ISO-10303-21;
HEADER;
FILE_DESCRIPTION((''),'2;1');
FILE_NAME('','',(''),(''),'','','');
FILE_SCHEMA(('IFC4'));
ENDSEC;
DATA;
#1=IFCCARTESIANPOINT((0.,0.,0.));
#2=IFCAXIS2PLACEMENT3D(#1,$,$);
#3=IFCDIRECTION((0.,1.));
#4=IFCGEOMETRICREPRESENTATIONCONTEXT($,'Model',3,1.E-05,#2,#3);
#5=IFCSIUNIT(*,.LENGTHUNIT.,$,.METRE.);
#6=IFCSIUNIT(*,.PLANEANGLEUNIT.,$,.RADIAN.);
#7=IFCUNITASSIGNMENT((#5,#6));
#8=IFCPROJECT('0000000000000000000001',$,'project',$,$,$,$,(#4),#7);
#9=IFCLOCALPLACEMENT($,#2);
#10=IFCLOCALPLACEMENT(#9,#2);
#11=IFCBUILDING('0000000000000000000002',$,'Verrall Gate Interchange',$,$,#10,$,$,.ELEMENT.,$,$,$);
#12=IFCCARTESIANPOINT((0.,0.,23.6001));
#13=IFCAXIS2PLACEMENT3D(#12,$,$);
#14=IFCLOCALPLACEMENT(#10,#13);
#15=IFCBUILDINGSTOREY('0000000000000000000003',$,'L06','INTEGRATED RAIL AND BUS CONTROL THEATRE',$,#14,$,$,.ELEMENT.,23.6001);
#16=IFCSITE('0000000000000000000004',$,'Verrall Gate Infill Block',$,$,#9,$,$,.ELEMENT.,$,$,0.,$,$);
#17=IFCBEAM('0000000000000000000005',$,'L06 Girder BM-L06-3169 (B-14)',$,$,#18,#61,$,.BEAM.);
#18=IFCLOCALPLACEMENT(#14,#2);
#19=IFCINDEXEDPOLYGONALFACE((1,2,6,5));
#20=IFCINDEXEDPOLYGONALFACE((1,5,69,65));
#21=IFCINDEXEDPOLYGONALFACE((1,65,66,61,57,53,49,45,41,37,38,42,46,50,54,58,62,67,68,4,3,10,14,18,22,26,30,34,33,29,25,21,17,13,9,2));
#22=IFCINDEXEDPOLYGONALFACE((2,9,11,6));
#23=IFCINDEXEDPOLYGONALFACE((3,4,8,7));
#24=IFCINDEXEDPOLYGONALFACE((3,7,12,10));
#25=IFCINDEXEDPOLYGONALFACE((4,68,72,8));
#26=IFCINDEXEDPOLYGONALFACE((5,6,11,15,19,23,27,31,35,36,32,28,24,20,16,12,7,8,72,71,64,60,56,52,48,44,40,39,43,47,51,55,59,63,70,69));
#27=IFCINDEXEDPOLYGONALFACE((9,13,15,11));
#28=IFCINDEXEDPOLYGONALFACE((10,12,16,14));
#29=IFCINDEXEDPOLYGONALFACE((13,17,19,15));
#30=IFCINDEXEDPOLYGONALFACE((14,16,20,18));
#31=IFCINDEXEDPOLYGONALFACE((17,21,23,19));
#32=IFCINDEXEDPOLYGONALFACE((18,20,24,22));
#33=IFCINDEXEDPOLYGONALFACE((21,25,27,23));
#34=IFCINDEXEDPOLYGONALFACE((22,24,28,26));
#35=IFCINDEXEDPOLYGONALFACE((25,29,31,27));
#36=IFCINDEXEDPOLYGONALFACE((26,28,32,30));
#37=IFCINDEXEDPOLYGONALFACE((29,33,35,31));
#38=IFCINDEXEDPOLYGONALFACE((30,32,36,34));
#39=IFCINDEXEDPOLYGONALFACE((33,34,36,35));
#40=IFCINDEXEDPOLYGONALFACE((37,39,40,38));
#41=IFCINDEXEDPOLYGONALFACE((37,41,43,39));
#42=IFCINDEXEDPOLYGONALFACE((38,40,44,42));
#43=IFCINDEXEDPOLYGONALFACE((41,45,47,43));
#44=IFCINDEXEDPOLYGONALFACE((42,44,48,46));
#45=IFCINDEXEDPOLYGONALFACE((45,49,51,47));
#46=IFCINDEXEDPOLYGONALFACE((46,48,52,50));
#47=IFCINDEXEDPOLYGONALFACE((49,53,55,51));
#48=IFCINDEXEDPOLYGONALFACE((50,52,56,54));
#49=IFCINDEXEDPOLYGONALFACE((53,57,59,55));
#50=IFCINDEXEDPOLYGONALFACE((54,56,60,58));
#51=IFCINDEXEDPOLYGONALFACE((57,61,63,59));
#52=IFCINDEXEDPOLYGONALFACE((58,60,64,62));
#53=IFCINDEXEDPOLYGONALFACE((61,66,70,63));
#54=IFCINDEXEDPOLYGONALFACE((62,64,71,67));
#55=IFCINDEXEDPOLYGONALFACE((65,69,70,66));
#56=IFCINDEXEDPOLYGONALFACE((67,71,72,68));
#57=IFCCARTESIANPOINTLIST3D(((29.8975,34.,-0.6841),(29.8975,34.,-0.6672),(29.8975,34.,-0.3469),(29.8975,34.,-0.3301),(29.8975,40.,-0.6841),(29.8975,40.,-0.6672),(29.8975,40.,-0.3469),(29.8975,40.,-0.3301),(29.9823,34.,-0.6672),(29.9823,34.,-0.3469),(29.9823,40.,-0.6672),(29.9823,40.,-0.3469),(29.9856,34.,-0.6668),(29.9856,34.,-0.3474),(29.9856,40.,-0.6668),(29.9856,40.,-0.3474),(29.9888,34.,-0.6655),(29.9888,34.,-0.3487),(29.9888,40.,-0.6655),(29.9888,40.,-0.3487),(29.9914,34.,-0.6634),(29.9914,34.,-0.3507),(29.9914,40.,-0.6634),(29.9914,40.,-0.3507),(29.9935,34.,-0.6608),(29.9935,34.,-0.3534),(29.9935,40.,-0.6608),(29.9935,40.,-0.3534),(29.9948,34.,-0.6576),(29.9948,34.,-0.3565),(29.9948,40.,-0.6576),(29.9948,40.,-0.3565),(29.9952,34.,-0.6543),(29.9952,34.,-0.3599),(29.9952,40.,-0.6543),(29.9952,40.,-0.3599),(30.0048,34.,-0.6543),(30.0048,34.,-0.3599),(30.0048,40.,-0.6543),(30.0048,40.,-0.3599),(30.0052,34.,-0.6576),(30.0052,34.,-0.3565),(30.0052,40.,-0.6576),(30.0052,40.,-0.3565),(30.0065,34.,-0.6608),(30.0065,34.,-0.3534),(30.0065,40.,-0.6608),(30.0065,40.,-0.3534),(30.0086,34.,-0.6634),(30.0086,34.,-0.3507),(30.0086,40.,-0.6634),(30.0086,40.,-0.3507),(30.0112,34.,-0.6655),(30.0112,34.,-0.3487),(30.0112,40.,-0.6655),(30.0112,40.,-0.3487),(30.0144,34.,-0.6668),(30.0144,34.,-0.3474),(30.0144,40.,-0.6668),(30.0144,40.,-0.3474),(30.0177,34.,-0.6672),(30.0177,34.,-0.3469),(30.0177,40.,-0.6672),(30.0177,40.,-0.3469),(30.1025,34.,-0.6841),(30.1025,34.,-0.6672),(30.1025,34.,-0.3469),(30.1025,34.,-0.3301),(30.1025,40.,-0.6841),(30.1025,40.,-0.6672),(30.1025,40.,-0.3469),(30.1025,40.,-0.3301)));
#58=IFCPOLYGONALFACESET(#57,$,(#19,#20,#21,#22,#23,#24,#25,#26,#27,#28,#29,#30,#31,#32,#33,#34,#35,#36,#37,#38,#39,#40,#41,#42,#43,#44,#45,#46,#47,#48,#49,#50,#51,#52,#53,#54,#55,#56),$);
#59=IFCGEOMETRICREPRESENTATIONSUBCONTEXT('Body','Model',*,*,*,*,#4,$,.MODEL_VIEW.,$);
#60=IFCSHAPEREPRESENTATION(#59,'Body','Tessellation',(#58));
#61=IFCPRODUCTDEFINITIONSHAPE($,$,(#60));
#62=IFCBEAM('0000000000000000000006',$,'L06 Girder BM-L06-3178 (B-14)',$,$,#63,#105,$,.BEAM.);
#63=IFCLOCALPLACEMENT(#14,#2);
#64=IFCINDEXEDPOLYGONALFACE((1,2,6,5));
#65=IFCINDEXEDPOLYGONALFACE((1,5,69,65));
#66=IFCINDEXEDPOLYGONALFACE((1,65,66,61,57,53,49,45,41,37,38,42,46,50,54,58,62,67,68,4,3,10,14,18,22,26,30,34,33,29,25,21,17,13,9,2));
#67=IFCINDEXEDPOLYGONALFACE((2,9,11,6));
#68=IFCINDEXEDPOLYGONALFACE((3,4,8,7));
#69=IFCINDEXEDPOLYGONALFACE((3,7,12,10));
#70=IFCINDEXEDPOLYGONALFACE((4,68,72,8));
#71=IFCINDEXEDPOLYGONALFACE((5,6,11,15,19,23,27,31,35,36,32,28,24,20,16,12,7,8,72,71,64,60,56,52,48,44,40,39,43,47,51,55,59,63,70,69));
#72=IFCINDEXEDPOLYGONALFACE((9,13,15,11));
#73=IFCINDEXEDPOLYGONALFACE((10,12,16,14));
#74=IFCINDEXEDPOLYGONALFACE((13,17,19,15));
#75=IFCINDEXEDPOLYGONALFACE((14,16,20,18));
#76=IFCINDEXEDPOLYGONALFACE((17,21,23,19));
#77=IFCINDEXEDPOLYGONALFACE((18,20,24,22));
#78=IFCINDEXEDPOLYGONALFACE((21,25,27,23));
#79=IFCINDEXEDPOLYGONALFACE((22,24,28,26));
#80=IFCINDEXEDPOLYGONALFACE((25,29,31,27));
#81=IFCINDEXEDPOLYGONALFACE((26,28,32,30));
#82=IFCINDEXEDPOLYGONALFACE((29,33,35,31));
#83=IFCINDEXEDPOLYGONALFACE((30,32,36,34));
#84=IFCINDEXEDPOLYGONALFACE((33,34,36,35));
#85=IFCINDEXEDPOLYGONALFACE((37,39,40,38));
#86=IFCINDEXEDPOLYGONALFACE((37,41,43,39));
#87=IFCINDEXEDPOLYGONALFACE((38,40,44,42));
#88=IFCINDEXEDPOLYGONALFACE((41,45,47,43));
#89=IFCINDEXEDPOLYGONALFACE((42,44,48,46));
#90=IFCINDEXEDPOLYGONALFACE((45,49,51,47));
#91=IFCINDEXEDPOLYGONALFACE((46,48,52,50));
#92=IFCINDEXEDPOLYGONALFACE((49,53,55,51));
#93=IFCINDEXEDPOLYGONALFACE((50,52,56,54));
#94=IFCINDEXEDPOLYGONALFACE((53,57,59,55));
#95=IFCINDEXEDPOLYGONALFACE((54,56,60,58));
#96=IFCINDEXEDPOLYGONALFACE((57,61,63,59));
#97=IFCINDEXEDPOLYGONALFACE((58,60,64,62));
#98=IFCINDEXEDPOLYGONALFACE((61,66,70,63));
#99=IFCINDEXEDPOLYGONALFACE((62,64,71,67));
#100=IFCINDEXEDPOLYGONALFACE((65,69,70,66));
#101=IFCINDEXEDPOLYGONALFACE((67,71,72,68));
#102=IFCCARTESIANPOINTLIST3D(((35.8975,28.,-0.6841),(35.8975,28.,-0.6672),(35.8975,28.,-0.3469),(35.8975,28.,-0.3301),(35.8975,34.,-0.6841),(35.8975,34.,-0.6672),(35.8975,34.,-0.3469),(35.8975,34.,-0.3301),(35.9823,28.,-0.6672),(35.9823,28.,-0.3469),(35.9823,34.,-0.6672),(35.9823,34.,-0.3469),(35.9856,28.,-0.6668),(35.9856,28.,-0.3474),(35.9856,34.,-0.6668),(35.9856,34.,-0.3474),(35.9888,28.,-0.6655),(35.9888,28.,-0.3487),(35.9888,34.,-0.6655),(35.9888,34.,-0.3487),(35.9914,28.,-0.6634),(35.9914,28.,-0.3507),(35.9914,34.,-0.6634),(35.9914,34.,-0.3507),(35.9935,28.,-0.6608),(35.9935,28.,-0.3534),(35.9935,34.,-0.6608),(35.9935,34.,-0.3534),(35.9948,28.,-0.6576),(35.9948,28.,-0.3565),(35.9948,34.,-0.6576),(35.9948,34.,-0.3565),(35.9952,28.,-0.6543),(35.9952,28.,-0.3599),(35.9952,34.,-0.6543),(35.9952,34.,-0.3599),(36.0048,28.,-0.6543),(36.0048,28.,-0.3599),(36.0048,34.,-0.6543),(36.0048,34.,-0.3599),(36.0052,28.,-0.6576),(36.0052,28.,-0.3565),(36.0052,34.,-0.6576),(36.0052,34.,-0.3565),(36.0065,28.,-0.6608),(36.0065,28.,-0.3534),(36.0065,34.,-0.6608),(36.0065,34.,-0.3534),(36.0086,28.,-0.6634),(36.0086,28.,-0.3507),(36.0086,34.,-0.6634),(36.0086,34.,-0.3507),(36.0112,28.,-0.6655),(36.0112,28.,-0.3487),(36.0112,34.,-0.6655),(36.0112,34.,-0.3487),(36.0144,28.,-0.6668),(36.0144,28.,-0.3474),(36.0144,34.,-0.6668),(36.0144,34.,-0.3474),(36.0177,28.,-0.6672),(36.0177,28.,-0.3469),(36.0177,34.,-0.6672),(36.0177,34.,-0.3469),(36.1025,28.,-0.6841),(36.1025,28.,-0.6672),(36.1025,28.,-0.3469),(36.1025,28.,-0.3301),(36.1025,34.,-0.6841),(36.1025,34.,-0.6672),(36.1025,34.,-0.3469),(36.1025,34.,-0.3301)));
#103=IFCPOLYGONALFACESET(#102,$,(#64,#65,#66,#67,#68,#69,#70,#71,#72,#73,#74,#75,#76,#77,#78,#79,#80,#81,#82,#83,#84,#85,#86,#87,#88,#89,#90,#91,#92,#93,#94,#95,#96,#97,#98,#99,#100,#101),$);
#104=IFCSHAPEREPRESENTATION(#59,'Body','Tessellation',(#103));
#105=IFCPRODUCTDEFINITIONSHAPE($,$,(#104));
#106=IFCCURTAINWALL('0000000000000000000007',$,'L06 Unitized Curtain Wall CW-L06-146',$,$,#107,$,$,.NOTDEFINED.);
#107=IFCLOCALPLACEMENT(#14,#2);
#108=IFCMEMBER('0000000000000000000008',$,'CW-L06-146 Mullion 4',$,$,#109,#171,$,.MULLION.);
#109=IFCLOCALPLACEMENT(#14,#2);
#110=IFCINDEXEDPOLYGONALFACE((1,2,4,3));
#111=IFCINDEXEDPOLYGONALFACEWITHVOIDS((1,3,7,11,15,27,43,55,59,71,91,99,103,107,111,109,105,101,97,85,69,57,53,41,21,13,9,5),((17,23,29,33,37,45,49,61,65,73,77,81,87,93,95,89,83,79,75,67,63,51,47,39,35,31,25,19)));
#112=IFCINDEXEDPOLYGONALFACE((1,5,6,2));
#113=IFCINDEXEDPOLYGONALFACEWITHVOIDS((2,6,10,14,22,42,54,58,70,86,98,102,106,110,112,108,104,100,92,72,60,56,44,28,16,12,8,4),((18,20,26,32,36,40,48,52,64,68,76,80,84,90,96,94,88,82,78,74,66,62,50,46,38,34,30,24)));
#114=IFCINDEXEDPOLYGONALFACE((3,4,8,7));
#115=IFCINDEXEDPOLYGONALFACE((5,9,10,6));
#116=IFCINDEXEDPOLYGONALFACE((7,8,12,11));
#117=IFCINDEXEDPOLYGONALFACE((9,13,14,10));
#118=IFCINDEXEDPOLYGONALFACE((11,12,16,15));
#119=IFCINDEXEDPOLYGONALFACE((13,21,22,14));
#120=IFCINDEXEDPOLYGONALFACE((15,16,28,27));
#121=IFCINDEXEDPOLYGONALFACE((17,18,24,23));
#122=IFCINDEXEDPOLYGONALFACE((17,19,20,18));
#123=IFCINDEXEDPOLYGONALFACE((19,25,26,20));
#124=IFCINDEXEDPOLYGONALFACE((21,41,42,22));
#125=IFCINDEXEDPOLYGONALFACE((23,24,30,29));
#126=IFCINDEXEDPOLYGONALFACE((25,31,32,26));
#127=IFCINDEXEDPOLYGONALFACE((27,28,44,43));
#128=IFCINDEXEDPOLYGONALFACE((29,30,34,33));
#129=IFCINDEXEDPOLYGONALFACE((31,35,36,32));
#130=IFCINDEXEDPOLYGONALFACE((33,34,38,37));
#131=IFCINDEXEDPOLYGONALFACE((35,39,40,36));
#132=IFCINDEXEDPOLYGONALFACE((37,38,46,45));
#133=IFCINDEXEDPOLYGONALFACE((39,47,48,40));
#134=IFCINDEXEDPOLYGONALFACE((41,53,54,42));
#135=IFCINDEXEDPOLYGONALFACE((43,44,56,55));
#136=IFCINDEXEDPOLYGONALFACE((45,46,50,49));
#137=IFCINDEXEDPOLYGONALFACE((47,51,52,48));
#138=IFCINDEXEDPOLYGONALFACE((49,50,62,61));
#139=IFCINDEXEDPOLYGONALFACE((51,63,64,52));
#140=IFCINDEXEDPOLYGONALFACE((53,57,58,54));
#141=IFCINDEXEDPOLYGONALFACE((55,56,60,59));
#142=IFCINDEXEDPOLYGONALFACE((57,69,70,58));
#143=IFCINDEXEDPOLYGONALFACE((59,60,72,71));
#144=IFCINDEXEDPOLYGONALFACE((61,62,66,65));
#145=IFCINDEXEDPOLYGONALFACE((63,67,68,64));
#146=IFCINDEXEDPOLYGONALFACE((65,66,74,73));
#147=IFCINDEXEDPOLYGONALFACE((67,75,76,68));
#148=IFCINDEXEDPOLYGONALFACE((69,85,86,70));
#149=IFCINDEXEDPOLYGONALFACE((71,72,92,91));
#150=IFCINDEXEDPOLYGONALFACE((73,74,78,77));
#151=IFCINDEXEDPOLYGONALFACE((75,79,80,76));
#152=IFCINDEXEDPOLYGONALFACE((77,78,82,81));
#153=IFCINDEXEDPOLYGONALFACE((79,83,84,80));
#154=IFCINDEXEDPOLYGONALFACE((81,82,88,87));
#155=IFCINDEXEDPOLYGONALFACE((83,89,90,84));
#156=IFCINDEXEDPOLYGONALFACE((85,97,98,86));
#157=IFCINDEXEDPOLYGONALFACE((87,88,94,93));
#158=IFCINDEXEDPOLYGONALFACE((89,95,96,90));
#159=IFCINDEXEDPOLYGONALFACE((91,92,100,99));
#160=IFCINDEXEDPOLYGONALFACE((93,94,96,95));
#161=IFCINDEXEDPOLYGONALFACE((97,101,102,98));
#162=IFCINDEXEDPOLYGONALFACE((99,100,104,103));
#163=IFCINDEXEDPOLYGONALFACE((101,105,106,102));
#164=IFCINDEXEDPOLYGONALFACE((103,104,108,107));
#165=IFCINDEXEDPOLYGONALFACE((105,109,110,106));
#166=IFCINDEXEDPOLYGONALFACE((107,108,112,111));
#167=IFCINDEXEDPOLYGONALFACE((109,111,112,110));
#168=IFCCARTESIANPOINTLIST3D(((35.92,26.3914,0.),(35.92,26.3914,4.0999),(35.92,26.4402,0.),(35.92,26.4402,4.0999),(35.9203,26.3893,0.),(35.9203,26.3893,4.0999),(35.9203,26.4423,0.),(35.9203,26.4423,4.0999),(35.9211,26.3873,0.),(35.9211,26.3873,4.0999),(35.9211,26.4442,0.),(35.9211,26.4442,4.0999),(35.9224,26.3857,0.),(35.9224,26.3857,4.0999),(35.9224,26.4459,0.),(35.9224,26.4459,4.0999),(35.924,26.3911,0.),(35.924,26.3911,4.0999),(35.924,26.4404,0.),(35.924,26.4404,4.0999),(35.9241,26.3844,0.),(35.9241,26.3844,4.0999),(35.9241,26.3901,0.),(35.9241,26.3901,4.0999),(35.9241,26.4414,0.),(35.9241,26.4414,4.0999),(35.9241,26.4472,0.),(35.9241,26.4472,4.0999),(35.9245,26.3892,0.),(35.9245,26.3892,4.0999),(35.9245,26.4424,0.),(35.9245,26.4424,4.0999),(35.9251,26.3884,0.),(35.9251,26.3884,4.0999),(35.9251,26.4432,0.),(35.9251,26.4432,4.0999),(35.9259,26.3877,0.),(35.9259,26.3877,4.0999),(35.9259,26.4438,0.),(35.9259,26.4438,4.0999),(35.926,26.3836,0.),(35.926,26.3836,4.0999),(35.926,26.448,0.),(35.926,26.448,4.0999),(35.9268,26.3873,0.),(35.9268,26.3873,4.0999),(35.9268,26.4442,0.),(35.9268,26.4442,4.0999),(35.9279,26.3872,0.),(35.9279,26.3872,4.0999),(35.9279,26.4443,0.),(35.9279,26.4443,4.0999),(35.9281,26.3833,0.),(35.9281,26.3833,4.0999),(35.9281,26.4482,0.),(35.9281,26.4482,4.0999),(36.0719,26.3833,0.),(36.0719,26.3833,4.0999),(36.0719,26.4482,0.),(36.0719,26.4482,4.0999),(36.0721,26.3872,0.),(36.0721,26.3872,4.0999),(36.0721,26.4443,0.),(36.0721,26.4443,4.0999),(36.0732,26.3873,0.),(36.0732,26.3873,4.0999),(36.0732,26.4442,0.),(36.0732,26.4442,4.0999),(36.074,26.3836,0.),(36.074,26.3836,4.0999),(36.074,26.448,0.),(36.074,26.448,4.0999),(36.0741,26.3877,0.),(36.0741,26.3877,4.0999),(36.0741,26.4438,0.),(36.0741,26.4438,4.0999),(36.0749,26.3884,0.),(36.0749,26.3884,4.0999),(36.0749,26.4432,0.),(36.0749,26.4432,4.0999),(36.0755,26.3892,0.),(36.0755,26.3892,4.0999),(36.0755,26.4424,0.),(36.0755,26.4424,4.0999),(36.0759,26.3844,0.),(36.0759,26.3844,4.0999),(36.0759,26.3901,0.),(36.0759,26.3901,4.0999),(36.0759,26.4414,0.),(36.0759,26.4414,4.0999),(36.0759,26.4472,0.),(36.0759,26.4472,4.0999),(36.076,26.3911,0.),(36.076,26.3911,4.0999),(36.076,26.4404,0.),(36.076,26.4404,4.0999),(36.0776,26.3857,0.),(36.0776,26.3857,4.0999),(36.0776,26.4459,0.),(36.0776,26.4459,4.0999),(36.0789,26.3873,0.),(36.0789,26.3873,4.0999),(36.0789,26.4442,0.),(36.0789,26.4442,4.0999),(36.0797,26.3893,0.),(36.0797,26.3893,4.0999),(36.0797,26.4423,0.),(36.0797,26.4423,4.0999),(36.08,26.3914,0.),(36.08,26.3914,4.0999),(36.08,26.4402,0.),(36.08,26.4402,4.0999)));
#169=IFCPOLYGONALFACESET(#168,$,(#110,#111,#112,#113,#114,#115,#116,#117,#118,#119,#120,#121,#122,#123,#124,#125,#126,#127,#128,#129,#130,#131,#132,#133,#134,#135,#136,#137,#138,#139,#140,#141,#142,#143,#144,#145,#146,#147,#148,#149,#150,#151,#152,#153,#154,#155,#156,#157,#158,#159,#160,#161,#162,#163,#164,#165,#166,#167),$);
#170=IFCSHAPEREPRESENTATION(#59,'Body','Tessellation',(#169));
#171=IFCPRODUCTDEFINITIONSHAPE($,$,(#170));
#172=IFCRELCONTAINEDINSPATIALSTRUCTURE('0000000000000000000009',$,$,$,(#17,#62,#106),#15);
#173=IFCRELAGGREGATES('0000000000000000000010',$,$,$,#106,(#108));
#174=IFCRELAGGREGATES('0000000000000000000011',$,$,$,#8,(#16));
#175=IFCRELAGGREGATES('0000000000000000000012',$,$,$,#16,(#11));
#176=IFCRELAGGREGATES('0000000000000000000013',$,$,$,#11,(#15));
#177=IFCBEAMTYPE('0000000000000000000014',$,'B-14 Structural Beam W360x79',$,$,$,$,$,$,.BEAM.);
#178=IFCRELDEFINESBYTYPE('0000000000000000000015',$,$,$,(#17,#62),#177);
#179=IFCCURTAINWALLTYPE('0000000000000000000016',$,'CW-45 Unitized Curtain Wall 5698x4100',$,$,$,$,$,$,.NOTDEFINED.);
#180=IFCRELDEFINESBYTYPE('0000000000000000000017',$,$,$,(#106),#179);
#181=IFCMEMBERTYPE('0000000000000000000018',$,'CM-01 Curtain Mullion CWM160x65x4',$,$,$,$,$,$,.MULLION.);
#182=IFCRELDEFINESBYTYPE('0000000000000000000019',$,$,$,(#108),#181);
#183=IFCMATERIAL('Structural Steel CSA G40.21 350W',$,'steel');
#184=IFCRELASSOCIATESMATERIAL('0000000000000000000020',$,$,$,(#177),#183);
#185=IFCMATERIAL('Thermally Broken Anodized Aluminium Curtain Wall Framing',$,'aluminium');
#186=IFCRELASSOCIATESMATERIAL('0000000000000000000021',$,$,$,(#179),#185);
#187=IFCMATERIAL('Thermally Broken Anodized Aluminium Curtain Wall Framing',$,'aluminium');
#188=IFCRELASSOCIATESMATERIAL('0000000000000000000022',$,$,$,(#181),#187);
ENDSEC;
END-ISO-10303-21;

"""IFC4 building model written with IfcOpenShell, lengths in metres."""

from ifc_helpers import new_model, si_unit, direction, frame, origin, origin_2d, place, context, subcontext, project, spatial, hollow_rectangle, i_section, extrude, material, material_profile, profile_set, type_object, element, aggregate, save


model = new_model("IFC4")

# Units and contexts
model_context = context("Model", 3, precision=1e-05, world=origin(), true_north=direction((0.0, 1.0)))
body_context = subcontext(model_context, "Body", "Model", "MODEL_VIEW")
ifc_project = project(units=[si_unit("LENGTHUNIT", "METRE"), si_unit("PLANEANGLEUNIT", "RADIAN")], contexts=[model_context])

# Site, building, storey
site_placement = place(None, origin())
site = spatial("IfcSite", under=ifc_project, at=site_placement, Name="Verrall Gate Infill Block", CompositionType="ELEMENT", RefElevation=0.0)
building_placement = place(site_placement, origin())
building = spatial("IfcBuilding", under=site, at=building_placement, Name="Verrall Gate Interchange", CompositionType="ELEMENT")
storey_placement = place(building_placement, frame((0.0, 0.0, 23.6001)))
storey = spatial("IfcBuildingStorey", under=building, at=storey_placement, Name="L06", Description="INTEGRATED RAIL AND BUS CONTROL THEATRE", CompositionType="ELEMENT", Elevation=23.6001)

# Beams
ifc_material_1 = material(Name="Structural Steel CSA G40.21 350W", Category="steel")
ifc_material_profile_1 = material_profile(ifc_material_1, i_section(OverallWidth=0.2051, OverallDepth=0.354, WebThickness=0.0095, FlangeThickness=0.0168, FilletRadius=0.0129, at=origin_2d()), Name="W360x79")
ifc_profile_set_1 = profile_set([ifc_material_profile_1], Name="Structural Steel CSA G40.21 350W")
beam_type_1 = type_object("IfcBeamType", Name="B-14 Structural Beam W360x79", PredefinedType="BEAM", material=ifc_profile_set_1)
for number, where, z_axis, x_axis, name in (
    (1, (30.0, 34.0, -0.5071), (0.0, 1.0, 0.0), (-1.0, 0.0, 0.0), "L06 Girder BM-L06-3169 (B-14)"),
    (2, (36.0, 28.0, -0.5071), (0.0, 1.0, 0.0), (-1.0, 0.0, 0.0), "L06 Girder BM-L06-3178 (B-14)"),
):
    element("IfcBeam", number, at=place(storey_placement, frame(where, z_axis=z_axis, x_axis=x_axis)), inside=storey, type_object=beam_type_1, Name=name, PredefinedType="BEAM", context=body_context, shape_type="SweptSolid", body=[
        extrude(i_section(OverallWidth=0.2051, OverallDepth=0.354, WebThickness=0.0095, FlangeThickness=0.0168, FilletRadius=0.0129, at=origin_2d()), origin(), (0.0, 0.0, 1.0), 6.0),
    ])

# Curtain wall, member
ifc_material_2 = material(Name="Thermally Broken Anodized Aluminium Curtain Wall Framing", Category="aluminium")
curtain_wall_type = type_object("IfcCurtainWallType", Name="CW-45 Unitized Curtain Wall 5698x4100", PredefinedType="NOTDEFINED", material=ifc_material_2)
curtain_wall_1_placement = place(storey_placement, origin())
curtain_wall_1 = element("IfcCurtainWall", 3, at=curtain_wall_1_placement, inside=storey, type_object=curtain_wall_type, Name="L06 Unitized Curtain Wall CW-L06-146", PredefinedType="NOTDEFINED")
ifc_material_3 = material(Name="Thermally Broken Anodized Aluminium Curtain Wall Framing", Category="aluminium")
ifc_material_profile_2 = material_profile(ifc_material_3, hollow_rectangle(XDim=0.0649, YDim=0.1599, WallThickness=0.0039, InnerFilletRadius=0.0039, OuterFilletRadius=0.0081, at=origin_2d()), Name="CWM160x65x4")
ifc_profile_set_2 = profile_set([ifc_material_profile_2], Name="Thermally Broken Anodized Aluminium Curtain Wall Framing")
member_type_1 = type_object("IfcMemberType", Name="CM-01 Curtain Mullion CWM160x65x4", PredefinedType="MULLION", material=ifc_profile_set_2)
member_1_placement = place(storey_placement, frame((36.0, 26.4158, 0.0), z_axis=(0.0, 0.0, 1.0), x_axis=(0.0, 1.0, 0.0)))
member_1 = element("IfcMember", 4, at=member_1_placement, type_object=member_type_1, Name="CW-L06-146 Mullion 4", PredefinedType="MULLION", context=body_context, shape_type="SweptSolid", body=[
    extrude(hollow_rectangle(XDim=0.0649, YDim=0.1599, WallThickness=0.0039, InnerFilletRadius=0.0039, OuterFilletRadius=0.0081, at=origin_2d()), origin(), (0.0, 0.0, 1.0), 4.0999),
])

aggregate(curtain_wall_1, [member_1])

save(model, "model.ifc")
